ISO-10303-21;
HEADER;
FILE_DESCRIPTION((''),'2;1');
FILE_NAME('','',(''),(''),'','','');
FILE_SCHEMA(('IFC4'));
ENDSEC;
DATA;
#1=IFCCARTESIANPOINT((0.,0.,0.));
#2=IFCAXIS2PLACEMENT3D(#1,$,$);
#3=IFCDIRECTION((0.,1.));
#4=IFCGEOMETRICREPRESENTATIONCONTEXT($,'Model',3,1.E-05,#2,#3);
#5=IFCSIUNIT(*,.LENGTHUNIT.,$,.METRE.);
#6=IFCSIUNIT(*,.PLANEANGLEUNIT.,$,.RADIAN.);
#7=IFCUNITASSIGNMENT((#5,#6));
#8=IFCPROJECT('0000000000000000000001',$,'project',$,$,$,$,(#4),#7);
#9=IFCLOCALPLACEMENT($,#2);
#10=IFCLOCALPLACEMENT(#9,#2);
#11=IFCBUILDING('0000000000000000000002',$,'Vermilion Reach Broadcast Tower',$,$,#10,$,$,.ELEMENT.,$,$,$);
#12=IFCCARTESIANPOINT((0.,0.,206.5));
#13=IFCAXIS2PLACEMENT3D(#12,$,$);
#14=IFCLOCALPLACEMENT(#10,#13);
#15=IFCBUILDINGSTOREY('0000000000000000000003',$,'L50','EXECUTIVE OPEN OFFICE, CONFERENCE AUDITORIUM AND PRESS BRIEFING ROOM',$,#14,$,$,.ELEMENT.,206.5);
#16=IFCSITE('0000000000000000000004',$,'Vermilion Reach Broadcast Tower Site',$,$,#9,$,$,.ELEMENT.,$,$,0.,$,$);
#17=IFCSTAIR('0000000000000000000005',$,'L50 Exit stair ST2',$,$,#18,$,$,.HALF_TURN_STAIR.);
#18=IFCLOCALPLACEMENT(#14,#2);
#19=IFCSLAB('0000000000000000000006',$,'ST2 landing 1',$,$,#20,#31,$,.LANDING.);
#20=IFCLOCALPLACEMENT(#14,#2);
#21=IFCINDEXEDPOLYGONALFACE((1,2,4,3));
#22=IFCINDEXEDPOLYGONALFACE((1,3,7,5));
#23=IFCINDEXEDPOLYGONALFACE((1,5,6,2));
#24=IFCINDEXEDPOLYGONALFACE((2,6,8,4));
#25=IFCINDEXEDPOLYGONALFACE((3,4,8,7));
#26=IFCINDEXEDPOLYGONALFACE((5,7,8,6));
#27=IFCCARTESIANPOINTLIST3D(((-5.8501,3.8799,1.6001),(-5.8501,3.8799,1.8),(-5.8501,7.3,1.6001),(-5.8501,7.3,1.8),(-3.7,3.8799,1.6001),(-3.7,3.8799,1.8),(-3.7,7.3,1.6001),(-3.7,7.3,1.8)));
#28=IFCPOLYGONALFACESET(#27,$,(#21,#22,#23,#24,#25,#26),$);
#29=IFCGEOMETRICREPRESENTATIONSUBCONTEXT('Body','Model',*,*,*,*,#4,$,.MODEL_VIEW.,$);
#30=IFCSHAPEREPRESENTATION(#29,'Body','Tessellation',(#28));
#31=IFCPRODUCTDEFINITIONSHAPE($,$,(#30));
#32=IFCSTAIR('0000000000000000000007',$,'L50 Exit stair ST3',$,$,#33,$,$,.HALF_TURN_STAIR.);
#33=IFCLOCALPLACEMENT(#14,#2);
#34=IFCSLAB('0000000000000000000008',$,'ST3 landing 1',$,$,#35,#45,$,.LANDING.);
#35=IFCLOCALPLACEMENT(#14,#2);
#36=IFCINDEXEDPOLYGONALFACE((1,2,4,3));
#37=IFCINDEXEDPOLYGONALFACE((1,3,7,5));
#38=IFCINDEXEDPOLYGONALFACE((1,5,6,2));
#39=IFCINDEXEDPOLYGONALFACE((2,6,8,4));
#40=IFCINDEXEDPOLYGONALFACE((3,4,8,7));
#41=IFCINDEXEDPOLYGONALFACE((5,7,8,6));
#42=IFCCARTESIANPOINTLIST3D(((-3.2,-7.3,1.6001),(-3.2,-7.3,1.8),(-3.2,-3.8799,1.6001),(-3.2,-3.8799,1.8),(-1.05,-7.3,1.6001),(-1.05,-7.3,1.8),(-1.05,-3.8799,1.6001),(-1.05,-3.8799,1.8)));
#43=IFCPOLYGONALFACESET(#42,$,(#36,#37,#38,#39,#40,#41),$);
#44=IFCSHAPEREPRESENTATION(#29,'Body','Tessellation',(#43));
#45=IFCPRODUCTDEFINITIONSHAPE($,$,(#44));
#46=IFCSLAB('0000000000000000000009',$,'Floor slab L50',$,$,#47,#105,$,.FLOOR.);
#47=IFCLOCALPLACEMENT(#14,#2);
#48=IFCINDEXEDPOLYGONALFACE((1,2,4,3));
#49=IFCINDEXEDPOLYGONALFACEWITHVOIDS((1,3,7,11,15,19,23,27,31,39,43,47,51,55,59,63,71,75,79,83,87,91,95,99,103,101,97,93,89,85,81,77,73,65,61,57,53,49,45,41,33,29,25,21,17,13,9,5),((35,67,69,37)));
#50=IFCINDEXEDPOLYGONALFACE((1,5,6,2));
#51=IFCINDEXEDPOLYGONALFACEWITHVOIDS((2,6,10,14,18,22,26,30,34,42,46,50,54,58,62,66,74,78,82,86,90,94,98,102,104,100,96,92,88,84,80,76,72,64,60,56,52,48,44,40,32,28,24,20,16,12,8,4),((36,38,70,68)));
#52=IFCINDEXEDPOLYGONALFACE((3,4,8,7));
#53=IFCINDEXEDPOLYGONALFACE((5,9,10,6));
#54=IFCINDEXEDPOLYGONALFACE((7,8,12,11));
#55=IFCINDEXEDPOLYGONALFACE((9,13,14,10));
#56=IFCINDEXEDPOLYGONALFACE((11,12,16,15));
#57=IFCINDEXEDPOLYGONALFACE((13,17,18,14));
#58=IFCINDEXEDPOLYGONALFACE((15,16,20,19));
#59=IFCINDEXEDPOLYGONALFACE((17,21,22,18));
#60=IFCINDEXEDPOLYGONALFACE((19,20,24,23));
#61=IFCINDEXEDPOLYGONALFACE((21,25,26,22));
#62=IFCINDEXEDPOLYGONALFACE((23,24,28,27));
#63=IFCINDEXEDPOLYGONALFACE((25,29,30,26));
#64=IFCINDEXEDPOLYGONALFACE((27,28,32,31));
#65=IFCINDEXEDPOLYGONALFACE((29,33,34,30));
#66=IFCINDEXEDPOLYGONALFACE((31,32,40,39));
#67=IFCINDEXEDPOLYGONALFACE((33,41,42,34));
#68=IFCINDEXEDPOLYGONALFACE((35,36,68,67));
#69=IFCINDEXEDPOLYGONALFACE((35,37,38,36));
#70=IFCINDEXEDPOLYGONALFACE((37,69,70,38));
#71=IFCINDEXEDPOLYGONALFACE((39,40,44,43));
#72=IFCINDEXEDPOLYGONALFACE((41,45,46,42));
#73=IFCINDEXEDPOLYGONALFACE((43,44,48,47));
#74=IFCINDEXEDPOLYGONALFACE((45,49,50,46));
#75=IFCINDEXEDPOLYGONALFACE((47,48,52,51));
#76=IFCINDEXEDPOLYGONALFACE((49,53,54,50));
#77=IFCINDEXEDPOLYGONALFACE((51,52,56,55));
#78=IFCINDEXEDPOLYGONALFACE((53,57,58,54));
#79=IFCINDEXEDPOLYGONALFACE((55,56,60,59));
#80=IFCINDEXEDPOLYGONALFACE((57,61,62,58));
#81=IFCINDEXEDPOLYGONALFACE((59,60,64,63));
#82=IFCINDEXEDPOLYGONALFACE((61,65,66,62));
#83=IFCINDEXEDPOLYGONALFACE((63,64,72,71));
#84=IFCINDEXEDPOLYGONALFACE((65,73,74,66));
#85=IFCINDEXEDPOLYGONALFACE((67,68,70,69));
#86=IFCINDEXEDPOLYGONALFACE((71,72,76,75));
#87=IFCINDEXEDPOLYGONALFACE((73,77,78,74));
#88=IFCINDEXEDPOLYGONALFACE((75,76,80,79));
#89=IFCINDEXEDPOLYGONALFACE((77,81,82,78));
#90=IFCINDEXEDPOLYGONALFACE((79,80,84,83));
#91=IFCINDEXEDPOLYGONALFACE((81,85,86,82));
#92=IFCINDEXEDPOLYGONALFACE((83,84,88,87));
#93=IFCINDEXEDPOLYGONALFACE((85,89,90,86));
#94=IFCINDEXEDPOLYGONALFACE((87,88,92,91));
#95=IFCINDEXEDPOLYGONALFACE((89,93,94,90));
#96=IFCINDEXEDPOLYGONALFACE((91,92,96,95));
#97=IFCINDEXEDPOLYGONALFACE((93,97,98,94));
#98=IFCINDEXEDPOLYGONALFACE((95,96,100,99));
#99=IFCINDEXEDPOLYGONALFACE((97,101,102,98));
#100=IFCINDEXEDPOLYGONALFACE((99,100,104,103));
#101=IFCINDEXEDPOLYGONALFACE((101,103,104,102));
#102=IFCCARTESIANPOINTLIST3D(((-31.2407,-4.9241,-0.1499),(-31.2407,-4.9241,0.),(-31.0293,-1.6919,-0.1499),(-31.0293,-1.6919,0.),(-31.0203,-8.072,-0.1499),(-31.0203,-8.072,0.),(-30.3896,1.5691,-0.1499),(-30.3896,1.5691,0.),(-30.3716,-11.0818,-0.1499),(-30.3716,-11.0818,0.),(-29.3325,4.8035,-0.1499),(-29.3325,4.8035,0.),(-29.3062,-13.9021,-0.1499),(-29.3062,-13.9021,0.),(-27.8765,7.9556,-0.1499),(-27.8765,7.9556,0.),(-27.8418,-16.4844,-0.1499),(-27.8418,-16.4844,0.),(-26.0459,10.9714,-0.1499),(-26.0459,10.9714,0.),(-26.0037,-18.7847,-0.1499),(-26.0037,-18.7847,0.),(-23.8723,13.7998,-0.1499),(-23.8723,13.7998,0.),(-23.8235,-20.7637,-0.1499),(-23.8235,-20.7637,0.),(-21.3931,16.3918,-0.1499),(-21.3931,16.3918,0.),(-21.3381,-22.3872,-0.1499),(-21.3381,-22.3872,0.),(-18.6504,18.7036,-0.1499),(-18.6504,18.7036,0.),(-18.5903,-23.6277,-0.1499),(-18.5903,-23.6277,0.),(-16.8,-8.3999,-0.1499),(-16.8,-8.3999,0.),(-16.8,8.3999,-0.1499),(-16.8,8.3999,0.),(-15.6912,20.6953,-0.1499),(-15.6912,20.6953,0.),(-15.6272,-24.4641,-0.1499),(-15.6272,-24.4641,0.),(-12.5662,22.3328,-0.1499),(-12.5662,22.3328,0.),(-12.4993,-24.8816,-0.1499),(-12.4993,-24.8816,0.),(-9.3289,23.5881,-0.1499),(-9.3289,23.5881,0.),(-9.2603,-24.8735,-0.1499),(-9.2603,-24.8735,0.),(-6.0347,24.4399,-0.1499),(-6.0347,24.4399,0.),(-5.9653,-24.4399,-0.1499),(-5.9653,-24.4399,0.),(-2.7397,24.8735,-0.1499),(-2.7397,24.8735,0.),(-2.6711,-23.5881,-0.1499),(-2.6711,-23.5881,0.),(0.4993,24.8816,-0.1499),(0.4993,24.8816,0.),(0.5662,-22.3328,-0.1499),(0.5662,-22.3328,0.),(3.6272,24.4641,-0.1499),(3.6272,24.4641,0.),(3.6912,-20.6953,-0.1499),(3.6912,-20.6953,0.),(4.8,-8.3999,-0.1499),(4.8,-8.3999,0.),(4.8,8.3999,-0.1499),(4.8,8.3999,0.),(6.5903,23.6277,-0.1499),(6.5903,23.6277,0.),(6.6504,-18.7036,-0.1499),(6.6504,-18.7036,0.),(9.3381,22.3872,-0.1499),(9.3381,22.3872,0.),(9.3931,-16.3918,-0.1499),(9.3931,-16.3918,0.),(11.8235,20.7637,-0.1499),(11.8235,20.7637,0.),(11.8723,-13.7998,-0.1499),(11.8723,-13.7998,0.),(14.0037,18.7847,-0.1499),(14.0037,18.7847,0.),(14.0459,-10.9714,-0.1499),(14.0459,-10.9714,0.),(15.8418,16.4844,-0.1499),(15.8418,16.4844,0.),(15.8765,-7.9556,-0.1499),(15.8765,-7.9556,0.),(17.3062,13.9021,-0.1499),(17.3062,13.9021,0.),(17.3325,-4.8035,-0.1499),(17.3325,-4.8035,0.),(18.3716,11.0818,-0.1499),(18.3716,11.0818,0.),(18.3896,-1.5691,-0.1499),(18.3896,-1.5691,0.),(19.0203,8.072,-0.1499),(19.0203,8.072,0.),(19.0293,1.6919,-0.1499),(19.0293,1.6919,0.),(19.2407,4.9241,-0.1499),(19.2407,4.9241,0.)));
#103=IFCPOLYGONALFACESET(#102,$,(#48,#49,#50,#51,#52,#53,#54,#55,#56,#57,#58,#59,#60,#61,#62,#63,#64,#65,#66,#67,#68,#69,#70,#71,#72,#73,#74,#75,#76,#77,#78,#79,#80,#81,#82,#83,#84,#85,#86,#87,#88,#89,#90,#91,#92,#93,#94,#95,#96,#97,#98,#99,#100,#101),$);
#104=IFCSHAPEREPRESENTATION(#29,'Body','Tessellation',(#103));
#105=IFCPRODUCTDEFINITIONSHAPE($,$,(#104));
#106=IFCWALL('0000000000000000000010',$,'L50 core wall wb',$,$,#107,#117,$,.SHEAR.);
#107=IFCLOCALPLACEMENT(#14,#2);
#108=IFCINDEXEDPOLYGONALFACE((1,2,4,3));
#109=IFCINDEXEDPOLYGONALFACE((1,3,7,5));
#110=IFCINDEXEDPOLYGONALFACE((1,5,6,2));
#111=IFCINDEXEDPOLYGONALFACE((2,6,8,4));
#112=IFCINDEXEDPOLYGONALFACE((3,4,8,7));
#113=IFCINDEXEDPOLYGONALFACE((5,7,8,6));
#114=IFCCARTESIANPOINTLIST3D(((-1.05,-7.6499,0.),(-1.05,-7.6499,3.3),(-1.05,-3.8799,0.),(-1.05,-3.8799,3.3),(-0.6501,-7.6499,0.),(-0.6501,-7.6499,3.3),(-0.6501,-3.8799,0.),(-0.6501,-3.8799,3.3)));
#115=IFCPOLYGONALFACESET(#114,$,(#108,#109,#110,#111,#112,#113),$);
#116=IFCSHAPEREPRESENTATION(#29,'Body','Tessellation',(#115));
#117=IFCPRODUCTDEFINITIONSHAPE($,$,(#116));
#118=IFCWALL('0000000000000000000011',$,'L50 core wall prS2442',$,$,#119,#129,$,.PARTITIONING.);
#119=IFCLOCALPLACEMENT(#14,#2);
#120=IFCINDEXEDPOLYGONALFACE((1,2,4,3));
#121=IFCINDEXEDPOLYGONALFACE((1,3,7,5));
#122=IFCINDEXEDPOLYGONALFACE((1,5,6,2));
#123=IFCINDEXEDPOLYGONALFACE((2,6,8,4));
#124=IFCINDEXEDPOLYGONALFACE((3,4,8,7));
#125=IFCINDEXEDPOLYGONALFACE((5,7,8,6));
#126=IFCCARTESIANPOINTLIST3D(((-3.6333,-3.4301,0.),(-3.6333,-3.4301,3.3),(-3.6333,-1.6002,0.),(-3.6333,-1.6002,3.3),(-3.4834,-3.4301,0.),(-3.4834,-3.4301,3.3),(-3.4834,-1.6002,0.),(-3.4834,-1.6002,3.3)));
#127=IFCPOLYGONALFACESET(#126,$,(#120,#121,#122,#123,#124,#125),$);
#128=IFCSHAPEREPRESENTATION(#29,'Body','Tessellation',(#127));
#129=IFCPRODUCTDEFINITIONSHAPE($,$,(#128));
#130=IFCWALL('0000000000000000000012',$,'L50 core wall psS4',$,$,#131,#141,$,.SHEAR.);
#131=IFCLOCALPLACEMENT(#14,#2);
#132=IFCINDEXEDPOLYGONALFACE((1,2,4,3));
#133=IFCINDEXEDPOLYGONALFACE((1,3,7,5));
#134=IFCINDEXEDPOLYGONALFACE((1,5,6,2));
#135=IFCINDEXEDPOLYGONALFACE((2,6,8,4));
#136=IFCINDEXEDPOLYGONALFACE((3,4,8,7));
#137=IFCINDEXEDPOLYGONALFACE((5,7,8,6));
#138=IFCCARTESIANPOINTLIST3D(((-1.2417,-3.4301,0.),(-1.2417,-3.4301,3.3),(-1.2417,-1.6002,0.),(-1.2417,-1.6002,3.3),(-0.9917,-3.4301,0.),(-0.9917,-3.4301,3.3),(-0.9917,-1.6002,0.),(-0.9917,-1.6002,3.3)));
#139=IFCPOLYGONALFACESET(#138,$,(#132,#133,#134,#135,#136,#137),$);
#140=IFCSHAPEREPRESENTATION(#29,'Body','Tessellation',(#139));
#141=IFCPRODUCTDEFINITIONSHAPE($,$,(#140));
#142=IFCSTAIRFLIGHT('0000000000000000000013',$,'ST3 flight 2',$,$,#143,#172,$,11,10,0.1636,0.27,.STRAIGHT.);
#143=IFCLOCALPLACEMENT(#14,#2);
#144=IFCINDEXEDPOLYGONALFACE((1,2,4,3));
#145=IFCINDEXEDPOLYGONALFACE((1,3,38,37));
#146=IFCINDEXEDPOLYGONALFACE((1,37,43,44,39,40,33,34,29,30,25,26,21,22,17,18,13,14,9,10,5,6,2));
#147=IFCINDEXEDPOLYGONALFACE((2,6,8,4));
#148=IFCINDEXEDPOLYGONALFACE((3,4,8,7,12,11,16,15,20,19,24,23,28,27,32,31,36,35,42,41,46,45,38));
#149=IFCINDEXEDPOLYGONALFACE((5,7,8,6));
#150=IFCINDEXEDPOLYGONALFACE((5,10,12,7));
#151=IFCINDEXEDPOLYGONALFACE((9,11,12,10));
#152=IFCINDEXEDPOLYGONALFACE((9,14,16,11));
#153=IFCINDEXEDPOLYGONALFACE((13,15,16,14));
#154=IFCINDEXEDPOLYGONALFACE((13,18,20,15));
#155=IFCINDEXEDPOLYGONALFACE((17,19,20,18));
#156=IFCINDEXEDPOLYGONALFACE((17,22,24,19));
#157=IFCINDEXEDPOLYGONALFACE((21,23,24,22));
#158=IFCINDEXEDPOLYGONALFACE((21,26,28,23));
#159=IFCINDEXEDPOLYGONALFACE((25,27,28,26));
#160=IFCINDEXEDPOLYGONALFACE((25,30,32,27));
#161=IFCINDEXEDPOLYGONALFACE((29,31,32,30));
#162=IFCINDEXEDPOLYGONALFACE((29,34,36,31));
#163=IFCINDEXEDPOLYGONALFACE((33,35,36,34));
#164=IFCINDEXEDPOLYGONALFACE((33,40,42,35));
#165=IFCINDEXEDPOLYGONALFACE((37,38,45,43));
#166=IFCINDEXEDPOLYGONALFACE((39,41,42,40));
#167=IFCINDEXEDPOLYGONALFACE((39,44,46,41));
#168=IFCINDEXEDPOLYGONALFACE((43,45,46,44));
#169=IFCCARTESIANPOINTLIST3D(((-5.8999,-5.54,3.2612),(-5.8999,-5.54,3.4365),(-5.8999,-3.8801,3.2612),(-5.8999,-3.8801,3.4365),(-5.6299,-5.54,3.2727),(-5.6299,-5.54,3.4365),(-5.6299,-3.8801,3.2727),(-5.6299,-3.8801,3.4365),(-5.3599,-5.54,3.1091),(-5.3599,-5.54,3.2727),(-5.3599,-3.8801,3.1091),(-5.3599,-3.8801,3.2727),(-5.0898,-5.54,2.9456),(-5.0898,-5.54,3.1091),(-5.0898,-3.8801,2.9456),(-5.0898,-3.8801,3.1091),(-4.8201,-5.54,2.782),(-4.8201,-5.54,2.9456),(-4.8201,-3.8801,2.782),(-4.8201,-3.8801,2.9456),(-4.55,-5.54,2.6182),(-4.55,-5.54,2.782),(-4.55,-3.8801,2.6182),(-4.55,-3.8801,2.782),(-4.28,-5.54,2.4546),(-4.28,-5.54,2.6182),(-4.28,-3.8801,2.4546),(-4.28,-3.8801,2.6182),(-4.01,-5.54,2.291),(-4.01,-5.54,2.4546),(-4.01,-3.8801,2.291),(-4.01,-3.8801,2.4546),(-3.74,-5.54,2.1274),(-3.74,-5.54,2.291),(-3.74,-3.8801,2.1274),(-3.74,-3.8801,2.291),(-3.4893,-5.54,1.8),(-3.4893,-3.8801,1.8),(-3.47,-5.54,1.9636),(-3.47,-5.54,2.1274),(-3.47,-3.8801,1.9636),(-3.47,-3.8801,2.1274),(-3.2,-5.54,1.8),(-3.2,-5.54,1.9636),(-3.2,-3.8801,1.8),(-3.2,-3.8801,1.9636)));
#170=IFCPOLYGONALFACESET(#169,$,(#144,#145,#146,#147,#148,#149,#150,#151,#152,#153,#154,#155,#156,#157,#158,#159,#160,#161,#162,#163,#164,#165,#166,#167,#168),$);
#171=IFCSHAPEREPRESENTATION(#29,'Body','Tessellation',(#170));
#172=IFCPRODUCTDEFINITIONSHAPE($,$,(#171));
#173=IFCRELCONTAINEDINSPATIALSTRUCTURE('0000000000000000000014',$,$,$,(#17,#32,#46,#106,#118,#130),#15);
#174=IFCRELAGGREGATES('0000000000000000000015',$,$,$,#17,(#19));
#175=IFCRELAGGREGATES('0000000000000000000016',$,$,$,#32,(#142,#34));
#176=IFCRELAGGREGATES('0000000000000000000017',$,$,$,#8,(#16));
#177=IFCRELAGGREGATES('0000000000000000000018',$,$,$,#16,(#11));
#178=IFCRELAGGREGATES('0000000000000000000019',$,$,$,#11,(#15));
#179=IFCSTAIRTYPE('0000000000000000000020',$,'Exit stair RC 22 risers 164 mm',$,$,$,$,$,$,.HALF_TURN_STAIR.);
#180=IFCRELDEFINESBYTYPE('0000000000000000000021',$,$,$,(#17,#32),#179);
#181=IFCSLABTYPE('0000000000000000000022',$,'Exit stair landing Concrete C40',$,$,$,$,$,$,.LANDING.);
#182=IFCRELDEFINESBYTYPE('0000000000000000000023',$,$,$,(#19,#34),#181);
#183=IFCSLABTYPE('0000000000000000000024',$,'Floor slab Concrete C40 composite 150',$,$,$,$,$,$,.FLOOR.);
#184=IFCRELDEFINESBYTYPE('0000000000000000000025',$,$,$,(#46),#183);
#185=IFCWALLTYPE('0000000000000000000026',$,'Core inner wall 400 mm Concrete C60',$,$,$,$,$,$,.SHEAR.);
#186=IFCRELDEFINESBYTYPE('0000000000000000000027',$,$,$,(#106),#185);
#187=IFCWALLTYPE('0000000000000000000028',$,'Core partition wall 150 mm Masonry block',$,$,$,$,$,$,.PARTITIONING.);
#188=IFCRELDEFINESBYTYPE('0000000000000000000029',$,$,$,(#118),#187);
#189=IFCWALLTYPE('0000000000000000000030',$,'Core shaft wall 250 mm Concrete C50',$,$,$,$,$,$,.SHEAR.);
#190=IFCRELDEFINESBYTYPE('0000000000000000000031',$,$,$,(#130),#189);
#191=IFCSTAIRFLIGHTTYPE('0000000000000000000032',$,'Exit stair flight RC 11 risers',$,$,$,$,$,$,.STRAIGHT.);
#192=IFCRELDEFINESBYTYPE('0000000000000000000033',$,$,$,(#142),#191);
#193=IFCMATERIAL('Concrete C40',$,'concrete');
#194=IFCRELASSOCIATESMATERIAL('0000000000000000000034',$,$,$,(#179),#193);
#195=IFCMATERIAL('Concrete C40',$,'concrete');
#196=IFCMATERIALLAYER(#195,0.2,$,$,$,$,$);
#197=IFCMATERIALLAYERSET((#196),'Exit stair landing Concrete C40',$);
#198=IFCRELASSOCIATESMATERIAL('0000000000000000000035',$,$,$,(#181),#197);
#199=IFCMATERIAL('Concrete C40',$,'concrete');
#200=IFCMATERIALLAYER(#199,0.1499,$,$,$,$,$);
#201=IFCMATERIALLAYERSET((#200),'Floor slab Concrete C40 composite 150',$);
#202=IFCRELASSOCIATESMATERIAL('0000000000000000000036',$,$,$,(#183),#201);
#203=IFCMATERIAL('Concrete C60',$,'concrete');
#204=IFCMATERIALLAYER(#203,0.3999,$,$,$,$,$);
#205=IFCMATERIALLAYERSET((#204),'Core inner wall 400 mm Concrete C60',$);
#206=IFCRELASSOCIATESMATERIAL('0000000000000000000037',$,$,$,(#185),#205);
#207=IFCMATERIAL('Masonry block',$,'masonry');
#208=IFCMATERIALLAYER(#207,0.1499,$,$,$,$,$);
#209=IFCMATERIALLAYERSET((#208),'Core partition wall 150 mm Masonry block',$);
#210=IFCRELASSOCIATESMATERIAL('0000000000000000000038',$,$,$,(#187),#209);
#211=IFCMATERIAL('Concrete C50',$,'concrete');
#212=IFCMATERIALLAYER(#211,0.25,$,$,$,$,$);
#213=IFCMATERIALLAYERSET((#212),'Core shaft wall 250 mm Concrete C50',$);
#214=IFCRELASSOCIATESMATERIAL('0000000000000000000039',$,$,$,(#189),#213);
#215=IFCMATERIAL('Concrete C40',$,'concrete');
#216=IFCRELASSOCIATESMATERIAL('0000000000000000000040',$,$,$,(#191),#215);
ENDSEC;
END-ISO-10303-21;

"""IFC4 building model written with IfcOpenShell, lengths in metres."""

from ifc_helpers import new_model, si_unit, direction, frame, frame_2d, origin, place, context, subcontext, project, spatial, polyline, rectangle, outline, extrude, material, layer, layer_set, type_object, element, aggregate, save


model = new_model("IFC4")

# Units and contexts
model_context = context("Model", 3, precision=1e-05, world=origin(), true_north=direction((0.0, 1.0)))
body_context = subcontext(model_context, "Body", "Model", "MODEL_VIEW")
ifc_project = project(units=[si_unit("LENGTHUNIT", "METRE"), si_unit("PLANEANGLEUNIT", "RADIAN")], contexts=[model_context])

# Site, building, storey
site_placement = place(None, origin())
site = spatial("IfcSite", under=ifc_project, at=site_placement, Name="Vermilion Reach Broadcast Tower Site", CompositionType="ELEMENT", RefElevation=0.0)
building_placement = place(site_placement, origin())
building = spatial("IfcBuilding", under=site, at=building_placement, Name="Vermilion Reach Broadcast Tower", CompositionType="ELEMENT")
storey_placement = place(building_placement, frame((0.0, 0.0, 206.5)))
storey = spatial("IfcBuildingStorey", under=building, at=storey_placement, Name="L50", Description="EXECUTIVE OPEN OFFICE, CONFERENCE AUDITORIUM AND PRESS BRIEFING ROOM", CompositionType="ELEMENT", Elevation=206.5)

# Stairs, slabs
ifc_material_1 = material(Name="Concrete C40", Category="concrete")
stair_type = type_object("IfcStairType", Name="Exit stair RC 22 risers 164 mm", PredefinedType="HALF_TURN_STAIR", material=ifc_material_1)
placement_1 = place(storey_placement, origin())
ifc_material_2 = material(Name="Concrete C40", Category="concrete")
ifc_layer_1 = layer(ifc_material_2, 0.2)
ifc_layer_set_1 = layer_set([ifc_layer_1], Name="Exit stair landing Concrete C40")
slab_type_1 = type_object("IfcSlabType", Name="Exit stair landing Concrete C40", PredefinedType="LANDING", material=ifc_layer_set_1)
placement_2 = place(storey_placement, frame((0.0, 0.0, 1.6001)))
stair_1 = element("IfcStair", 1, at=placement_1, inside=storey, type_object=stair_type, Name="L50 Exit stair ST2", PredefinedType="HALF_TURN_STAIR")
slab_1 = element("IfcSlab", 2, at=placement_2, type_object=slab_type_1, Name="ST2 landing 1", PredefinedType="LANDING", context=body_context, shape_type="SweptSolid", body=[
    extrude(outline(polyline([(-3.7, 7.3), (-5.8501, 7.3), (-5.8501, 3.8799), (-3.7, 3.8799), (-3.7, 7.3)])), origin(), (0.0, 0.0, 1.0), 0.2),
])
aggregate(stair_1, [slab_1])
stair_2 = element("IfcStair", 3, at=placement_1, inside=storey, type_object=stair_type, Name="L50 Exit stair ST3", PredefinedType="HALF_TURN_STAIR")
slab_2 = element("IfcSlab", 4, at=placement_2, type_object=slab_type_1, Name="ST3 landing 1", PredefinedType="LANDING", context=body_context, shape_type="SweptSolid", body=[
    extrude(outline(polyline([(-3.2, -7.3), (-1.05, -7.3), (-1.05, -3.8799), (-3.2, -3.8799), (-3.2, -7.3)])), origin(), (0.0, 0.0, 1.0), 0.2),
])

# Slab
ifc_material_3 = material(Name="Concrete C40", Category="concrete")
ifc_layer_2 = layer(ifc_material_3, 0.1499)
ifc_layer_set_2 = layer_set([ifc_layer_2], Name="Floor slab Concrete C40 composite 150")
slab_type_2 = type_object("IfcSlabType", Name="Floor slab Concrete C40 composite 150", PredefinedType="FLOOR", material=ifc_layer_set_2)
slab_3_placement = place(storey_placement, frame((0.0, 0.0, -0.1499)))
element("IfcSlab", 5, at=slab_3_placement, inside=storey, type_object=slab_type_2, Name="Floor slab L50", PredefinedType="FLOOR", context=body_context, shape_type="SweptSolid", body=[
    extrude(outline(polyline([(14.0037, 18.7847), (11.8235, 20.7637), (9.3381, 22.3872), (6.5903, 23.6277), (3.6272, 24.4641), (0.4993, 24.8816), (-2.7397, 24.8735), (-6.0347, 24.4399), (-9.3289, 23.5881), (-12.5662, 22.3328), (-15.6912, 20.6953), (-18.6504, 18.7036), (-21.3931, 16.3918), (-23.8723, 13.7998), (-26.0459, 10.9714), (-27.8765, 7.9556), (-29.3325, 4.8035), (-30.3896, 1.5691), (-31.0293, -1.6919), (-31.2407, -4.9241), (-31.0203, -8.072), (-30.3716, -11.0818), (-29.3062, -13.9021), (-27.8418, -16.4844), (-26.0037, -18.7847), (-23.8235, -20.7637), (-21.3381, -22.3872), (-18.5903, -23.6277), (-15.6272, -24.4641), (-12.4993, -24.8816), (-9.2603, -24.8735), (-5.9653, -24.4399), (-2.6711, -23.5881), (0.5662, -22.3328), (3.6912, -20.6953), (6.6504, -18.7036), (9.3931, -16.3918), (11.8723, -13.7998), (14.0459, -10.9714), (15.8765, -7.9556), (17.3325, -4.8035), (18.3896, -1.5691), (19.0293, 1.6919), (19.2407, 4.9241), (19.0203, 8.072), (18.3716, 11.0818), (17.3062, 13.9021), (15.8418, 16.4844), (14.0037, 18.7847)]), holes=[polyline([(-16.8, -8.3999), (4.8, -8.3999), (4.8, 8.3999), (-16.8, 8.3999), (-16.8, -8.3999)])]), origin(), (0.0, 0.0, 1.0), 0.1499),
])

# Walls
ifc_material_4 = material(Name="Concrete C60", Category="concrete")
ifc_layer_3 = layer(ifc_material_4, 0.3999)
ifc_layer_set_3 = layer_set([ifc_layer_3], Name="Core inner wall 400 mm Concrete C60")
wall_type_1 = type_object("IfcWallType", Name="Core inner wall 400 mm Concrete C60", PredefinedType="SHEAR", material=ifc_layer_set_3)
wall_1_placement = place(storey_placement, frame((-0.8501, -3.8799, 0.0), z_axis=(0.0, 0.0, 1.0), x_axis=(0.0, -1.0, 0.0)))
element("IfcWall", 6, at=wall_1_placement, inside=storey, type_object=wall_type_1, Name="L50 core wall wb", PredefinedType="SHEAR", context=body_context, shape_type="SweptSolid", body=[
    extrude(rectangle(XDim=3.77, YDim=0.3999, at=frame_2d((1.885, 0.0))), origin(), (0.0, 0.0, 1.0), 3.3),
])
ifc_material_5 = material(Name="Masonry block", Category="masonry")
ifc_layer_4 = layer(ifc_material_5, 0.1499)
ifc_layer_set_4 = layer_set([ifc_layer_4], Name="Core partition wall 150 mm Masonry block")
wall_type_2 = type_object("IfcWallType", Name="Core partition wall 150 mm Masonry block", PredefinedType="PARTITIONING", material=ifc_layer_set_4)
wall_2_placement = place(storey_placement, frame((-3.5583, -1.6001, 0.0), z_axis=(0.0, 0.0, 1.0), x_axis=(0.0, -1.0, 0.0)))
element("IfcWall", 7, at=wall_2_placement, inside=storey, type_object=wall_type_2, Name="L50 core wall prS2442", PredefinedType="PARTITIONING", context=body_context, shape_type="SweptSolid", body=[
    extrude(rectangle(XDim=1.8298, YDim=0.1499, at=frame_2d((0.915, 0.0))), origin(), (0.0, 0.0, 1.0), 3.3),
])
ifc_material_6 = material(Name="Concrete C50", Category="concrete")
ifc_layer_5 = layer(ifc_material_6, 0.25)
ifc_layer_set_5 = layer_set([ifc_layer_5], Name="Core shaft wall 250 mm Concrete C50")
wall_type_3 = type_object("IfcWallType", Name="Core shaft wall 250 mm Concrete C50", PredefinedType="SHEAR", material=ifc_layer_set_5)
wall_3_placement = place(storey_placement, frame((-1.1167, -1.6001, 0.0), z_axis=(0.0, 0.0, 1.0), x_axis=(0.0, -1.0, 0.0)))
element("IfcWall", 8, at=wall_3_placement, inside=storey, type_object=wall_type_3, Name="L50 core wall psS4", PredefinedType="SHEAR", context=body_context, shape_type="SweptSolid", body=[
    extrude(rectangle(XDim=1.8298, YDim=0.25, at=frame_2d((0.915, 0.0))), origin(), (0.0, 0.0, 1.0), 3.3),
])

# Stair flight
ifc_material_7 = material(Name="Concrete C40", Category="concrete")
stair_flight_type = type_object("IfcStairFlightType", Name="Exit stair flight RC 11 risers", PredefinedType="STRAIGHT", material=ifc_material_7)
stair_flight_placement = place(storey_placement, frame((-3.2, -4.71, 1.8), z_axis=(0.0, 0.0, 1.0), x_axis=(-1.0, 0.0, 0.0)))
stair_flight = element("IfcStairFlight", 9, at=stair_flight_placement, type_object=stair_flight_type, Name="ST3 flight 2", NumberOfRisers=11, NumberOfTreads=10, PredefinedType="STRAIGHT", RiserHeight=0.1636, TreadLength=0.27, context=body_context, shape_type="SweptSolid", body=[
    extrude(outline(polyline([(0.0, 0.0), (0.0, 0.1636), (0.27, 0.1636), (0.27, 0.3274), (0.54, 0.3274), (0.54, 0.491), (0.8101, 0.491), (0.8101, 0.6545), (1.0801, 0.6545), (1.0801, 0.8181), (1.3501, 0.8181), (1.3501, 0.9819), (1.6201, 0.9819), (1.6201, 1.1455), (1.8899, 1.1455), (1.8899, 1.3091), (2.1599, 1.3091), (2.1599, 1.4727), (2.4299, 1.4727), (2.4299, 1.6365), (2.7, 1.6365), (2.7, 1.8), (2.7, 1.4612), (0.2893, 0.0), (0.0, 0.0)])), frame((0.0, 0.8301, 0.0), z_axis=(0.0, -1.0, 0.0), x_axis=(1.0, 0.0, 0.0)), (0.0, 0.0, 1.0), 1.6599),
])
aggregate(stair_2, [stair_flight, slab_2])

save(model, "model.ifc")
